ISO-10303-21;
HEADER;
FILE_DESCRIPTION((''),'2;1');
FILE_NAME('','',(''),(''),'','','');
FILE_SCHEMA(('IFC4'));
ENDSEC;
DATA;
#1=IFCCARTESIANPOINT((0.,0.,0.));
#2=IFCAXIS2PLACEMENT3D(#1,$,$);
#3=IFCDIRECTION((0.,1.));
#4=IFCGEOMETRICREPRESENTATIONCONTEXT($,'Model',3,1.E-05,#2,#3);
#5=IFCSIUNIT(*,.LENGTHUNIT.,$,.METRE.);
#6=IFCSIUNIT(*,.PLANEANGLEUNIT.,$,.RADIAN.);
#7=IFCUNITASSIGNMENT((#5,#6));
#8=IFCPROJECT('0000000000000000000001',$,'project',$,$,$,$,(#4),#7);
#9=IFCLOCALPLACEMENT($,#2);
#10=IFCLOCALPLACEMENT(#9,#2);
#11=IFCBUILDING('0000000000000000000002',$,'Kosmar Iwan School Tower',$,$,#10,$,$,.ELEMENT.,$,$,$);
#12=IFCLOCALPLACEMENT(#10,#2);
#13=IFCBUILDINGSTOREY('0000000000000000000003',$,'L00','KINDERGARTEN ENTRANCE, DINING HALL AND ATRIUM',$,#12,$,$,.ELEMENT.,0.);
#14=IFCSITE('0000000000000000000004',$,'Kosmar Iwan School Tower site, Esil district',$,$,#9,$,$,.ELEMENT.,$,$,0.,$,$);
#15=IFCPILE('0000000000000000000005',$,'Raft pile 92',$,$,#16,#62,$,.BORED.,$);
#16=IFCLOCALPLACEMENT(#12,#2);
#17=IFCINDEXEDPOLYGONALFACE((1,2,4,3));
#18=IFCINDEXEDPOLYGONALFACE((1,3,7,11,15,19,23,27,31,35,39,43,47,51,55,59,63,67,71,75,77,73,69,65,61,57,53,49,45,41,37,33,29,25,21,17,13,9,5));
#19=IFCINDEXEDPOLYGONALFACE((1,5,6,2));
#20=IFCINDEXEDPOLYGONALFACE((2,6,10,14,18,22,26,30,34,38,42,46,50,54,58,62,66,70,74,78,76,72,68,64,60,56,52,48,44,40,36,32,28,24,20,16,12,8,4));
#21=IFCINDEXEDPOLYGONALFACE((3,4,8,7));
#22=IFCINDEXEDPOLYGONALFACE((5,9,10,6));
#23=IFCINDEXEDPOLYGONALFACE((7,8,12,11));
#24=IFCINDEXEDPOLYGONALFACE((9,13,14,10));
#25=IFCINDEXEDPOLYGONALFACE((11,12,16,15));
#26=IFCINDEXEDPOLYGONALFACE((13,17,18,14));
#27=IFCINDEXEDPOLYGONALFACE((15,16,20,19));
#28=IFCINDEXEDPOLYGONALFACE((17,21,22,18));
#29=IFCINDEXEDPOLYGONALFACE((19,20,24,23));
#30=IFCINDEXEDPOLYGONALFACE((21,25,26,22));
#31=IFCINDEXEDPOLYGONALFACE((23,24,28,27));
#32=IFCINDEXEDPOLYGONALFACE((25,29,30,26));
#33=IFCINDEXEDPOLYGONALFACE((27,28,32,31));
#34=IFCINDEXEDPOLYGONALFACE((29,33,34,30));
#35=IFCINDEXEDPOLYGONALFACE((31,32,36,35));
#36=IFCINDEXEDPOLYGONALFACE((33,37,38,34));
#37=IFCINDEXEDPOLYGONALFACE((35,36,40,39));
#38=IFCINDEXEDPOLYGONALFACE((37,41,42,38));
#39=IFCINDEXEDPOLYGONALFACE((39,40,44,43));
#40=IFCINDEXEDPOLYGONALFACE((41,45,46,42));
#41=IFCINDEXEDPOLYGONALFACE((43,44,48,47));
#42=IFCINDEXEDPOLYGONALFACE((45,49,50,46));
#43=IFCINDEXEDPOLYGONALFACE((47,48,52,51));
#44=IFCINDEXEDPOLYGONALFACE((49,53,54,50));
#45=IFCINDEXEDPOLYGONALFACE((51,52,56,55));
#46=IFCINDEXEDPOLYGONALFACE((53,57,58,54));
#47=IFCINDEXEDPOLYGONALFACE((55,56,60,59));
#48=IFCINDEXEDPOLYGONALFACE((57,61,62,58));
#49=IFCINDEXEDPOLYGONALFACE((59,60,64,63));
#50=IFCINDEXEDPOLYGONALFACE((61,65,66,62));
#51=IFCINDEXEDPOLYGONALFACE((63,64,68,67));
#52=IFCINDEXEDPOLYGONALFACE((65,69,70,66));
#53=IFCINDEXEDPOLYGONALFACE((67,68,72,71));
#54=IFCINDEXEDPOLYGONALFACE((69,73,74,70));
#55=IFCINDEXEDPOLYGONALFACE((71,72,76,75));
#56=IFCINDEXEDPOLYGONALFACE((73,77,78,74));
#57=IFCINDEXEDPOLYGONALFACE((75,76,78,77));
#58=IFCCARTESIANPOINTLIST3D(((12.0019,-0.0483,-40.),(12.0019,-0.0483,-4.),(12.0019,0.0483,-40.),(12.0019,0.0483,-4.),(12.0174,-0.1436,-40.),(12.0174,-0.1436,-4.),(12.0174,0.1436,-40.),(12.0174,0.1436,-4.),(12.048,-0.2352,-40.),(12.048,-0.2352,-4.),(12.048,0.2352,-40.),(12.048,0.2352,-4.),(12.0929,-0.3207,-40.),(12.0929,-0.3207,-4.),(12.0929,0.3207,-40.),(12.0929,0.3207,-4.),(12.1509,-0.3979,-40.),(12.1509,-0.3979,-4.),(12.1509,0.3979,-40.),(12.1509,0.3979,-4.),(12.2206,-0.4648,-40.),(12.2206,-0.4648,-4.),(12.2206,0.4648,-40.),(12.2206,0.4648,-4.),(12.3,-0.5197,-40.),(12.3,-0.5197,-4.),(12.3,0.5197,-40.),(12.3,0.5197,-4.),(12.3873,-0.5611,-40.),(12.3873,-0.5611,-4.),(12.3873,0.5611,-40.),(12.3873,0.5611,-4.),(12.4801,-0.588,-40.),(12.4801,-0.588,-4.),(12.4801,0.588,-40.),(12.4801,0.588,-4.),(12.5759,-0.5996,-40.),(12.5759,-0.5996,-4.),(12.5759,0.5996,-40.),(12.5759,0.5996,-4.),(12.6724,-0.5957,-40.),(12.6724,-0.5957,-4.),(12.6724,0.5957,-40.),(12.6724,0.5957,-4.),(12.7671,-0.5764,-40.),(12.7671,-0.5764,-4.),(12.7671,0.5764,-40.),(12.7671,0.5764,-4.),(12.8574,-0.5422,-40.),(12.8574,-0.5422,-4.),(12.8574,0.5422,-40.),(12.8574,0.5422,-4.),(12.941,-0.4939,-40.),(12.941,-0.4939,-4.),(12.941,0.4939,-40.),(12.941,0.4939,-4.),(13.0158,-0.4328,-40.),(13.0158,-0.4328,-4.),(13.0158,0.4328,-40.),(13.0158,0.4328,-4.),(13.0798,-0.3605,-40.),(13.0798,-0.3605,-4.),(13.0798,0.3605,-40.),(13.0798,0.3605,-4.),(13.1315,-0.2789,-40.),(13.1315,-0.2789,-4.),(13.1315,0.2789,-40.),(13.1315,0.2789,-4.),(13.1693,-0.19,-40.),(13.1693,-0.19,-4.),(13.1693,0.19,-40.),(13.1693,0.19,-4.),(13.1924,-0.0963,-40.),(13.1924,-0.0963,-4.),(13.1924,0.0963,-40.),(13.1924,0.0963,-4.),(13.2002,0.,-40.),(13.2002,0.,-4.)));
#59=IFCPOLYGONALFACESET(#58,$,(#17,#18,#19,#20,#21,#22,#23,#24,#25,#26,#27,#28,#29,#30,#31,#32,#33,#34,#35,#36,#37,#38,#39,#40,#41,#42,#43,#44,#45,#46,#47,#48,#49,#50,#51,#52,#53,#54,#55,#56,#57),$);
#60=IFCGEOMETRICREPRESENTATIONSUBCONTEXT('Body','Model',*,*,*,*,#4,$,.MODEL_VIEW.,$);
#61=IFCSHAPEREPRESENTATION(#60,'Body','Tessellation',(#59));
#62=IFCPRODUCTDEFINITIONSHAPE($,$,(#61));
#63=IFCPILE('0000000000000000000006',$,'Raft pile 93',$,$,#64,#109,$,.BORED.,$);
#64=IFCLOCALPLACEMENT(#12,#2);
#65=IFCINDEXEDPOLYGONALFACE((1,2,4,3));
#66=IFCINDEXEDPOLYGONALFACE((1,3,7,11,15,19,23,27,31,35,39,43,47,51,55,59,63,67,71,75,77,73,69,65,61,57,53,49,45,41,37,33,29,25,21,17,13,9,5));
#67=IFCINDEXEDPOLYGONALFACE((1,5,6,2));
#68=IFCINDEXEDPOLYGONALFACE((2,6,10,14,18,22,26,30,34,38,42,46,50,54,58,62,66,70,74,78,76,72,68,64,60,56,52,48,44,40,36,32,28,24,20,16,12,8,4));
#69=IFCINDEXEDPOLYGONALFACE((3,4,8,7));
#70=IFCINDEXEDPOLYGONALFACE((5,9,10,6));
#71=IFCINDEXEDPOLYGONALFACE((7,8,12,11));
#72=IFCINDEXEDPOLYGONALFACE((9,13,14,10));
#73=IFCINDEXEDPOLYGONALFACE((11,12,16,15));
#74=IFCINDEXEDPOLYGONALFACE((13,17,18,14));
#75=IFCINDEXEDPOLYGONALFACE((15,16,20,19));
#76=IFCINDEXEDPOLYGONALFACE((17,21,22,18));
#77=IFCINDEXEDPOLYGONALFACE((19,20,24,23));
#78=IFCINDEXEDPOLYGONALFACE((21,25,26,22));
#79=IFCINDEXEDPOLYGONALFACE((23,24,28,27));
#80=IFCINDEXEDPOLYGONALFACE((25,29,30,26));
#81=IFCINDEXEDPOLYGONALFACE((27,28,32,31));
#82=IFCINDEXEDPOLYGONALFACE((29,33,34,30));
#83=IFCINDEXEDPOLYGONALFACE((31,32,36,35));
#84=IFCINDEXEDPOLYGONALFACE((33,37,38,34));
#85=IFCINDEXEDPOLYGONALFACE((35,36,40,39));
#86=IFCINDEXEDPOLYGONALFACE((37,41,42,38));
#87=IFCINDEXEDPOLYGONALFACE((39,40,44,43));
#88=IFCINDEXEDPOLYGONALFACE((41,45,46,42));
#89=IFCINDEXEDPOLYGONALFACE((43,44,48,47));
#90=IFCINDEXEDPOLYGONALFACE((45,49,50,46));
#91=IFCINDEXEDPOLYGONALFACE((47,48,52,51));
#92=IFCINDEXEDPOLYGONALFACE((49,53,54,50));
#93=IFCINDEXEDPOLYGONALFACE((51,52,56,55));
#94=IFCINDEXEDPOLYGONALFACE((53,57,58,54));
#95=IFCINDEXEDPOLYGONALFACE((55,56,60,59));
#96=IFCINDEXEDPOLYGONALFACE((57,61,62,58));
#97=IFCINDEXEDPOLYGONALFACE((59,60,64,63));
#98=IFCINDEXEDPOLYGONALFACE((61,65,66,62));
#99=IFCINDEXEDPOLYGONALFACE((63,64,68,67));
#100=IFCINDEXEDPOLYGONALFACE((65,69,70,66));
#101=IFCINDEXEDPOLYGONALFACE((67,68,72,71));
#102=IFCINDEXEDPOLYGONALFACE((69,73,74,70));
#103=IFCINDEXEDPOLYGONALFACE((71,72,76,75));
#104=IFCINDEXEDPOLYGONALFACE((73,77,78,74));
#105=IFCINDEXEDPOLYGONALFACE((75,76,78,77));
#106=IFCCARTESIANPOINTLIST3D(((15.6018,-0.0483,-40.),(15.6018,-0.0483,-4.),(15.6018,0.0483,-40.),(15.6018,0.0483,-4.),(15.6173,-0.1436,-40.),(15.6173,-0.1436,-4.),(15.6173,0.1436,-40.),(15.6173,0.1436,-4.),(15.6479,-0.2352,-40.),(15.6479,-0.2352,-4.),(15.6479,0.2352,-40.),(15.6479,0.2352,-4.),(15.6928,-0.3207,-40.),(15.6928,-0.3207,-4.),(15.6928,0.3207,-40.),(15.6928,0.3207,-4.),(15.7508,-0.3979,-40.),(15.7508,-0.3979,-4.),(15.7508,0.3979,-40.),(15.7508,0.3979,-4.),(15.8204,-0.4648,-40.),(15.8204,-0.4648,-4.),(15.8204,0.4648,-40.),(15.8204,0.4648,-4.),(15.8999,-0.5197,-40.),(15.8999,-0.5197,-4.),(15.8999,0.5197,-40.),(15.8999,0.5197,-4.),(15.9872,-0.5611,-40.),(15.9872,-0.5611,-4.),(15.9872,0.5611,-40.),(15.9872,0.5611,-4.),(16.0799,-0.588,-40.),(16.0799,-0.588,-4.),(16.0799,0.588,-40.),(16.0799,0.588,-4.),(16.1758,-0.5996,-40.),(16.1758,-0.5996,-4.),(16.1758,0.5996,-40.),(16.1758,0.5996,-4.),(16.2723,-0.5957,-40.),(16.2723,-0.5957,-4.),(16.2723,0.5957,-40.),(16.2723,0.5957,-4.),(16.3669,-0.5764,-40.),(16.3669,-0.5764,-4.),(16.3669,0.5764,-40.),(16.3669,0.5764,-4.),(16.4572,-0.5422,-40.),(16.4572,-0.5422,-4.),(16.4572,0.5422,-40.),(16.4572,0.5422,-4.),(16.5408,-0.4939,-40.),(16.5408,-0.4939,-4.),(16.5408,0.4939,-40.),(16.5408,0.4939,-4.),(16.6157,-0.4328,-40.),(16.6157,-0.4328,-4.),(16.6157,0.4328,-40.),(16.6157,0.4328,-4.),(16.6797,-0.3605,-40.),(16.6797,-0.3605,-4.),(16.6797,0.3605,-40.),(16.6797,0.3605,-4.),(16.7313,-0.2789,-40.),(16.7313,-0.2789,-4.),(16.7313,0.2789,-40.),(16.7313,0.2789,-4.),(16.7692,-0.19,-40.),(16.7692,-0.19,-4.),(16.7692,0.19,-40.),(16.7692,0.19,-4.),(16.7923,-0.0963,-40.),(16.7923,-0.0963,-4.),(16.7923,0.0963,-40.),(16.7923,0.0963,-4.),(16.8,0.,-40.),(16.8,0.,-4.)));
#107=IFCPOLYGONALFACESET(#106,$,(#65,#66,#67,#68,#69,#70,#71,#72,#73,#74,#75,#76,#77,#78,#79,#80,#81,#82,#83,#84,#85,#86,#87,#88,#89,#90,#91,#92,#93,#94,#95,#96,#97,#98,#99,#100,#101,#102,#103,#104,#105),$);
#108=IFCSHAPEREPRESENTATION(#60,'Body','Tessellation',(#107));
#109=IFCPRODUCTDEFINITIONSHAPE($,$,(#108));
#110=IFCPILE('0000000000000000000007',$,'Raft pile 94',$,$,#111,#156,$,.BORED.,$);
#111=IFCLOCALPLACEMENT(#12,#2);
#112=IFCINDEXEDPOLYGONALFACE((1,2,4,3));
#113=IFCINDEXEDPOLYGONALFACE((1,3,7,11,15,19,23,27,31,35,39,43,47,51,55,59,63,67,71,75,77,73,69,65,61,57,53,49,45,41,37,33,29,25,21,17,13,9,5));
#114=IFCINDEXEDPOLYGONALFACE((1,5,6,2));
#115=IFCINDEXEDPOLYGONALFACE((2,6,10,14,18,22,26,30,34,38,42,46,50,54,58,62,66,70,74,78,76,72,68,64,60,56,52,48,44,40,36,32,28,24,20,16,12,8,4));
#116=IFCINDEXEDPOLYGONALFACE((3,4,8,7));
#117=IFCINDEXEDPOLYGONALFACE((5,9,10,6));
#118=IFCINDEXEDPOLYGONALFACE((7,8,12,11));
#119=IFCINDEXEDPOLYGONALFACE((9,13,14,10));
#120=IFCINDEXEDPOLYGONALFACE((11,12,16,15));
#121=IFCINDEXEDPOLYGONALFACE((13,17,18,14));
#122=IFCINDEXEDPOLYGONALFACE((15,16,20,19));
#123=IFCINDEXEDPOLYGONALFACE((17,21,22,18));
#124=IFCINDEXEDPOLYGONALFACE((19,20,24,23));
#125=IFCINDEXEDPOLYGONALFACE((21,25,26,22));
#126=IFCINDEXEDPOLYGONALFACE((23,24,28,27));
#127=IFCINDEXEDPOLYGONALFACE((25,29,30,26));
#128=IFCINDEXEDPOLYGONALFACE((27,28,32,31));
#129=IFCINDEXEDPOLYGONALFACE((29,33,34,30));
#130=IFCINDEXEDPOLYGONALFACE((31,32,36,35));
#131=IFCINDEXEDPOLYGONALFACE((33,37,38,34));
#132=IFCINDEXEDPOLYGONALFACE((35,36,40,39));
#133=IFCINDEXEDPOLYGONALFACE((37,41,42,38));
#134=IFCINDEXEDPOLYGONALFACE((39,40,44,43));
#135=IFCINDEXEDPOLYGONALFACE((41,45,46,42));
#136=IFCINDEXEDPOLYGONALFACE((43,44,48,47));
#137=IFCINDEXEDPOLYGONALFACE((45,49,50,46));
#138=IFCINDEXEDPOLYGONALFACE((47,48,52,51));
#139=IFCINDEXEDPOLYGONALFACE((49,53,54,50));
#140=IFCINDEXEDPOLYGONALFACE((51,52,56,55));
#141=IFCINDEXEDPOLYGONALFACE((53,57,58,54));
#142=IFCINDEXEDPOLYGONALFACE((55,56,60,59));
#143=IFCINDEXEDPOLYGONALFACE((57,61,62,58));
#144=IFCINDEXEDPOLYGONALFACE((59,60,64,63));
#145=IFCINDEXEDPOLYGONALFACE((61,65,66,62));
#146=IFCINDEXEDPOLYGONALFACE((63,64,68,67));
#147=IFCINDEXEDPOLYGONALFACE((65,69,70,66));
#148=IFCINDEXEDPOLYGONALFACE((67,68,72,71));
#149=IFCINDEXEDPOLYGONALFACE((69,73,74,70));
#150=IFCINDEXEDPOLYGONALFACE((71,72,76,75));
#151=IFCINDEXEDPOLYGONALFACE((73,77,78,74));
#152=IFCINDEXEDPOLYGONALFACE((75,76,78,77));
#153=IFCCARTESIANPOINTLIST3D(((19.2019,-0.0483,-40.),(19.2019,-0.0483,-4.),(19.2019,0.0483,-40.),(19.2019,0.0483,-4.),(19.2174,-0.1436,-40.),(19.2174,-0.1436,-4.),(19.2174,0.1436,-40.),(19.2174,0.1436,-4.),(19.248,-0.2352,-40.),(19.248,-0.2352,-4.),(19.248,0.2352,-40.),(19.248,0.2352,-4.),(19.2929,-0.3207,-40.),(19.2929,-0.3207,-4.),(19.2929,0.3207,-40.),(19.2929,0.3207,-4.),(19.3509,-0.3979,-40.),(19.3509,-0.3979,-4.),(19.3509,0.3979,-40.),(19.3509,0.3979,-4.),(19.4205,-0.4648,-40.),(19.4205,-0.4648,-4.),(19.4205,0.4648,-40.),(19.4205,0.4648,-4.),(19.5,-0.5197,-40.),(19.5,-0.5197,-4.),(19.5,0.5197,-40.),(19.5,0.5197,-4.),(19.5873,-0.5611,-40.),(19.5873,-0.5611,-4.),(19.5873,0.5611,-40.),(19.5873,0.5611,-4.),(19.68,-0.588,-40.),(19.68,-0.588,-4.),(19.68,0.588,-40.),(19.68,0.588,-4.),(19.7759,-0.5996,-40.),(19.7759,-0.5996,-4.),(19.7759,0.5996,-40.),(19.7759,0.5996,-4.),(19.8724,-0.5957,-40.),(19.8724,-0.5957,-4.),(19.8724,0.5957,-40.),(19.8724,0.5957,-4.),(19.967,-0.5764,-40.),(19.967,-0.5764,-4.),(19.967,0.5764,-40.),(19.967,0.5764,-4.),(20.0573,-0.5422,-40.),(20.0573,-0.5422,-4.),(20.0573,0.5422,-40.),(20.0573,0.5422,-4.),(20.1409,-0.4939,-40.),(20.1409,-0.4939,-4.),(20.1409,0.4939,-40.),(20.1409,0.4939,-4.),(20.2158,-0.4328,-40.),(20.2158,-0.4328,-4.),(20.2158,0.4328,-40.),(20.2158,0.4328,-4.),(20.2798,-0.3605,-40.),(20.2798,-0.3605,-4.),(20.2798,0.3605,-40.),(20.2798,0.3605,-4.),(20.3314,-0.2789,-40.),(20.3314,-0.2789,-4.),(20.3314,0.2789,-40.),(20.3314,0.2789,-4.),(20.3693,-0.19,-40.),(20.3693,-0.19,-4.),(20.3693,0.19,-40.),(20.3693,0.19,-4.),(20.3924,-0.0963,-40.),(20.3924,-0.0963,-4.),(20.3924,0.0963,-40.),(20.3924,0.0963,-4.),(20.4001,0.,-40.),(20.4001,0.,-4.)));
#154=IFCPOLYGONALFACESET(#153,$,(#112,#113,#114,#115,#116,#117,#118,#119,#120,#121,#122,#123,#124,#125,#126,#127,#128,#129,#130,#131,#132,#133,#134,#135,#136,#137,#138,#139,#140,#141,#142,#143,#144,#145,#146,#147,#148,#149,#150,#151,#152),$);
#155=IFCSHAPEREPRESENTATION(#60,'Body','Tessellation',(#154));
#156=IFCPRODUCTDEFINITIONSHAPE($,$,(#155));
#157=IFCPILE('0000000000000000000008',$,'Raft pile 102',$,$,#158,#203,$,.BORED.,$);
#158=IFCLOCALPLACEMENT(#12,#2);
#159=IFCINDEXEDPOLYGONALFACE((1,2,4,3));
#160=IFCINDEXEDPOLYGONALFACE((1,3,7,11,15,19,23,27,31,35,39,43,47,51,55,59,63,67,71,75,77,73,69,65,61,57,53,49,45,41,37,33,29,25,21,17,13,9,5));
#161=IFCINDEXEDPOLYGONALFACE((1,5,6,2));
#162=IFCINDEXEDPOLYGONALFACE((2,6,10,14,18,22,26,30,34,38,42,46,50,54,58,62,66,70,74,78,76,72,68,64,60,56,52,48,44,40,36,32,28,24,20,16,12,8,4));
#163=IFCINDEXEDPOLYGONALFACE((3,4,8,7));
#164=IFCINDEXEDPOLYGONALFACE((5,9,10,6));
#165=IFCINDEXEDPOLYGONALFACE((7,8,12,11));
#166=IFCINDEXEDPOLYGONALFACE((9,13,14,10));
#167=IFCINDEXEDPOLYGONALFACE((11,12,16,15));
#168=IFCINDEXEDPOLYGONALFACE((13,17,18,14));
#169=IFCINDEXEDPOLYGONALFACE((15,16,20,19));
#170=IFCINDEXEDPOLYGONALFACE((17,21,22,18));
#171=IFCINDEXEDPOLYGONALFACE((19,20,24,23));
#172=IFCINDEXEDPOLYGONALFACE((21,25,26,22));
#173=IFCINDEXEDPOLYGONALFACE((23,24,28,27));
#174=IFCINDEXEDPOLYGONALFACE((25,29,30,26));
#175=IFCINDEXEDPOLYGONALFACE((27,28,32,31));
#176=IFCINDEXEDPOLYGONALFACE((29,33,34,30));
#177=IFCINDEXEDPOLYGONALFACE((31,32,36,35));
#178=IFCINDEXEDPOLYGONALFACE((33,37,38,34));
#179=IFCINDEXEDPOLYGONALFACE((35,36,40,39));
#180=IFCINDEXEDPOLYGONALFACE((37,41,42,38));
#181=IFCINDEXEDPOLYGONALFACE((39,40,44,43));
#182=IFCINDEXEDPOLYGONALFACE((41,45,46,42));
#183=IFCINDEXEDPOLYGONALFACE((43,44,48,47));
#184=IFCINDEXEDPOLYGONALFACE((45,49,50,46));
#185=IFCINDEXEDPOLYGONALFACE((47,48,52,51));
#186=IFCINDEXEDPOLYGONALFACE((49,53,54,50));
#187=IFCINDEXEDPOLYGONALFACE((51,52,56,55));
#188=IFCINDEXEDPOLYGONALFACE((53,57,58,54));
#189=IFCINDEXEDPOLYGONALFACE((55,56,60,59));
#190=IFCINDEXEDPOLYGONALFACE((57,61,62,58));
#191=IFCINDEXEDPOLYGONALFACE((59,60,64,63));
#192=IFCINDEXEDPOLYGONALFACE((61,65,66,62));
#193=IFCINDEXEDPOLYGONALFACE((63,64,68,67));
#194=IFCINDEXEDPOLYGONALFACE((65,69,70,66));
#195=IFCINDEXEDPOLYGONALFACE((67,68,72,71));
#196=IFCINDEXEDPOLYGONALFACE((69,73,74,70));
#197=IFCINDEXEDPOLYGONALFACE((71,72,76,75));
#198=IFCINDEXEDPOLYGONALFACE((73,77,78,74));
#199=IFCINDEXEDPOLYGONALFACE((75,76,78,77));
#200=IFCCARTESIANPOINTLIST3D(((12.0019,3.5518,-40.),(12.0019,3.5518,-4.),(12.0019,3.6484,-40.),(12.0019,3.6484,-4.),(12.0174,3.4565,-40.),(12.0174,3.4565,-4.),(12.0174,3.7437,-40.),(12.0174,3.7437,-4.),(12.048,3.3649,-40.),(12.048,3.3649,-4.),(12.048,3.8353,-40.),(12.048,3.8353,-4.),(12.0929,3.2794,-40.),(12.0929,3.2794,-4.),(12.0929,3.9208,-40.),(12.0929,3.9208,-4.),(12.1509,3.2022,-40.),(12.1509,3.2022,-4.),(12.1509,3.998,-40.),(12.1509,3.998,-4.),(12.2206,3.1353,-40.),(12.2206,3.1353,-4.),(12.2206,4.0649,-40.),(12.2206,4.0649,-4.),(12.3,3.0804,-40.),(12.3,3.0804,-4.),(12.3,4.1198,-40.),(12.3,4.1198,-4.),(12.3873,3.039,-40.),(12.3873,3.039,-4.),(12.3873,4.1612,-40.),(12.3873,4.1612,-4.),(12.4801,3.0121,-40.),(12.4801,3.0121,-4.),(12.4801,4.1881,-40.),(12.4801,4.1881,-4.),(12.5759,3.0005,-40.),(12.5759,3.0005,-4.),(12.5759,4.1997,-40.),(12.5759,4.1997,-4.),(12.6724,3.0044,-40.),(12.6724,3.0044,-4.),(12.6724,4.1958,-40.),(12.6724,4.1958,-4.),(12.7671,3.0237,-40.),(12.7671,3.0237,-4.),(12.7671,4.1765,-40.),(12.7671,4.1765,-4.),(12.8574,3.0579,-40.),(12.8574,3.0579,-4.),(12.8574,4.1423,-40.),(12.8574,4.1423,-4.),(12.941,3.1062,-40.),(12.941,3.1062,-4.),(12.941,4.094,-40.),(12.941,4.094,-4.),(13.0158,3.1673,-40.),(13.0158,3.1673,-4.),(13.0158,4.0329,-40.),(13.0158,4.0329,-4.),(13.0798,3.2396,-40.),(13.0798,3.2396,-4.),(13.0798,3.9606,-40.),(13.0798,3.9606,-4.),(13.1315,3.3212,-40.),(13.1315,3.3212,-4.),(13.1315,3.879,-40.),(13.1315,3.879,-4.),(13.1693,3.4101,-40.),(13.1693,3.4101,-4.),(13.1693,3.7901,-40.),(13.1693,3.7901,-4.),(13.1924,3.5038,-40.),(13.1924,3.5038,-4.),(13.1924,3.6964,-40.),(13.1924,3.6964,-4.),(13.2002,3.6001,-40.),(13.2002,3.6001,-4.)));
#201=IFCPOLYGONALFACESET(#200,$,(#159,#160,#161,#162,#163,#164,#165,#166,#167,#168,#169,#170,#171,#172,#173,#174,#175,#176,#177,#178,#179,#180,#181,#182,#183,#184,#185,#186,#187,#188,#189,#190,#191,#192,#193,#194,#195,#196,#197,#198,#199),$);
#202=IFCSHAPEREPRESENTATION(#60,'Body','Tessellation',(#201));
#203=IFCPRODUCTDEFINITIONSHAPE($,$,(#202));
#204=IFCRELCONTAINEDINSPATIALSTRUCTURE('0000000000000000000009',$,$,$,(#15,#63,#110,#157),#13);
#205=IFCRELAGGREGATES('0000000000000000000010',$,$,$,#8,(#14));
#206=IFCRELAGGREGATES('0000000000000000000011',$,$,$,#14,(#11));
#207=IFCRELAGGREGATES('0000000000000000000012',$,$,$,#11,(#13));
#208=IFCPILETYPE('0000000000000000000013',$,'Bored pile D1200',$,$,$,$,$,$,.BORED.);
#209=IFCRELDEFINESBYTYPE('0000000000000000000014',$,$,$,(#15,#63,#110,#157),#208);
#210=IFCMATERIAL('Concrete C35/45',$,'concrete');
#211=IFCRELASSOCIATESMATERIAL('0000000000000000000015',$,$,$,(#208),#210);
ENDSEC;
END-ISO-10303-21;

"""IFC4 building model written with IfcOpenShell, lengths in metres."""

from ifc_helpers import new_model, si_unit, direction, frame, origin, origin_2d, place, context, subcontext, project, spatial, circle, extrude, material, material_profile, profile_set, type_object, element, save


model = new_model("IFC4")

# Units and contexts
model_context = context("Model", 3, precision=1e-05, world=origin(), true_north=direction((0.0, 1.0)))
body_context = subcontext(model_context, "Body", "Model", "MODEL_VIEW")
ifc_project = project(units=[si_unit("LENGTHUNIT", "METRE"), si_unit("PLANEANGLEUNIT", "RADIAN")], contexts=[model_context])

# Site, building, storey
site_placement = place(None, origin())
site = spatial("IfcSite", under=ifc_project, at=site_placement, Name="Kosmar Iwan School Tower site, Esil district", CompositionType="ELEMENT", RefElevation=0.0)
building_placement = place(site_placement, origin())
building = spatial("IfcBuilding", under=site, at=building_placement, Name="Kosmar Iwan School Tower", CompositionType="ELEMENT")
storey_placement = place(building_placement, origin())
storey = spatial("IfcBuildingStorey", under=building, at=storey_placement, Name="L00", Description="KINDERGARTEN ENTRANCE, DINING HALL AND ATRIUM", CompositionType="ELEMENT", Elevation=0.0)

# Piles
ifc_material_1 = material(Name="Concrete C35/45", Category="concrete")
ifc_material_profile_1 = material_profile(ifc_material_1, circle(Radius=0.6001, at=origin_2d()), Name="D1200")
ifc_profile_set_1 = profile_set([ifc_material_profile_1], Name="Concrete C35/45")
pile_type_1 = type_object("IfcPileType", Name="Bored pile D1200", PredefinedType="BORED", material=ifc_profile_set_1)
for number, where, z_axis, x_axis, name in (
    (1, (12.6001, 0.0, -4.0), (0.0, 0.0, -1.0), (1.0, 0.0, 0.0), "Raft pile 92"),
    (2, (16.2, 0.0, -4.0), (0.0, 0.0, -1.0), (1.0, 0.0, 0.0), "Raft pile 93"),
    (3, (19.8, 0.0, -4.0), (0.0, 0.0, -1.0), (1.0, 0.0, 0.0), "Raft pile 94"),
    (4, (12.6001, 3.6001, -4.0), (0.0, 0.0, -1.0), (1.0, 0.0, 0.0), "Raft pile 102"),
):
    element("IfcPile", number, at=place(storey_placement, frame(where, z_axis=z_axis, x_axis=x_axis)), inside=storey, type_object=pile_type_1, Name=name, PredefinedType="BORED", context=body_context, shape_type="SweptSolid", body=[
        extrude(circle(Radius=0.6001, at=origin_2d()), origin(), (0.0, 0.0, 1.0), 36.0),
    ])

save(model, "model.ifc")
